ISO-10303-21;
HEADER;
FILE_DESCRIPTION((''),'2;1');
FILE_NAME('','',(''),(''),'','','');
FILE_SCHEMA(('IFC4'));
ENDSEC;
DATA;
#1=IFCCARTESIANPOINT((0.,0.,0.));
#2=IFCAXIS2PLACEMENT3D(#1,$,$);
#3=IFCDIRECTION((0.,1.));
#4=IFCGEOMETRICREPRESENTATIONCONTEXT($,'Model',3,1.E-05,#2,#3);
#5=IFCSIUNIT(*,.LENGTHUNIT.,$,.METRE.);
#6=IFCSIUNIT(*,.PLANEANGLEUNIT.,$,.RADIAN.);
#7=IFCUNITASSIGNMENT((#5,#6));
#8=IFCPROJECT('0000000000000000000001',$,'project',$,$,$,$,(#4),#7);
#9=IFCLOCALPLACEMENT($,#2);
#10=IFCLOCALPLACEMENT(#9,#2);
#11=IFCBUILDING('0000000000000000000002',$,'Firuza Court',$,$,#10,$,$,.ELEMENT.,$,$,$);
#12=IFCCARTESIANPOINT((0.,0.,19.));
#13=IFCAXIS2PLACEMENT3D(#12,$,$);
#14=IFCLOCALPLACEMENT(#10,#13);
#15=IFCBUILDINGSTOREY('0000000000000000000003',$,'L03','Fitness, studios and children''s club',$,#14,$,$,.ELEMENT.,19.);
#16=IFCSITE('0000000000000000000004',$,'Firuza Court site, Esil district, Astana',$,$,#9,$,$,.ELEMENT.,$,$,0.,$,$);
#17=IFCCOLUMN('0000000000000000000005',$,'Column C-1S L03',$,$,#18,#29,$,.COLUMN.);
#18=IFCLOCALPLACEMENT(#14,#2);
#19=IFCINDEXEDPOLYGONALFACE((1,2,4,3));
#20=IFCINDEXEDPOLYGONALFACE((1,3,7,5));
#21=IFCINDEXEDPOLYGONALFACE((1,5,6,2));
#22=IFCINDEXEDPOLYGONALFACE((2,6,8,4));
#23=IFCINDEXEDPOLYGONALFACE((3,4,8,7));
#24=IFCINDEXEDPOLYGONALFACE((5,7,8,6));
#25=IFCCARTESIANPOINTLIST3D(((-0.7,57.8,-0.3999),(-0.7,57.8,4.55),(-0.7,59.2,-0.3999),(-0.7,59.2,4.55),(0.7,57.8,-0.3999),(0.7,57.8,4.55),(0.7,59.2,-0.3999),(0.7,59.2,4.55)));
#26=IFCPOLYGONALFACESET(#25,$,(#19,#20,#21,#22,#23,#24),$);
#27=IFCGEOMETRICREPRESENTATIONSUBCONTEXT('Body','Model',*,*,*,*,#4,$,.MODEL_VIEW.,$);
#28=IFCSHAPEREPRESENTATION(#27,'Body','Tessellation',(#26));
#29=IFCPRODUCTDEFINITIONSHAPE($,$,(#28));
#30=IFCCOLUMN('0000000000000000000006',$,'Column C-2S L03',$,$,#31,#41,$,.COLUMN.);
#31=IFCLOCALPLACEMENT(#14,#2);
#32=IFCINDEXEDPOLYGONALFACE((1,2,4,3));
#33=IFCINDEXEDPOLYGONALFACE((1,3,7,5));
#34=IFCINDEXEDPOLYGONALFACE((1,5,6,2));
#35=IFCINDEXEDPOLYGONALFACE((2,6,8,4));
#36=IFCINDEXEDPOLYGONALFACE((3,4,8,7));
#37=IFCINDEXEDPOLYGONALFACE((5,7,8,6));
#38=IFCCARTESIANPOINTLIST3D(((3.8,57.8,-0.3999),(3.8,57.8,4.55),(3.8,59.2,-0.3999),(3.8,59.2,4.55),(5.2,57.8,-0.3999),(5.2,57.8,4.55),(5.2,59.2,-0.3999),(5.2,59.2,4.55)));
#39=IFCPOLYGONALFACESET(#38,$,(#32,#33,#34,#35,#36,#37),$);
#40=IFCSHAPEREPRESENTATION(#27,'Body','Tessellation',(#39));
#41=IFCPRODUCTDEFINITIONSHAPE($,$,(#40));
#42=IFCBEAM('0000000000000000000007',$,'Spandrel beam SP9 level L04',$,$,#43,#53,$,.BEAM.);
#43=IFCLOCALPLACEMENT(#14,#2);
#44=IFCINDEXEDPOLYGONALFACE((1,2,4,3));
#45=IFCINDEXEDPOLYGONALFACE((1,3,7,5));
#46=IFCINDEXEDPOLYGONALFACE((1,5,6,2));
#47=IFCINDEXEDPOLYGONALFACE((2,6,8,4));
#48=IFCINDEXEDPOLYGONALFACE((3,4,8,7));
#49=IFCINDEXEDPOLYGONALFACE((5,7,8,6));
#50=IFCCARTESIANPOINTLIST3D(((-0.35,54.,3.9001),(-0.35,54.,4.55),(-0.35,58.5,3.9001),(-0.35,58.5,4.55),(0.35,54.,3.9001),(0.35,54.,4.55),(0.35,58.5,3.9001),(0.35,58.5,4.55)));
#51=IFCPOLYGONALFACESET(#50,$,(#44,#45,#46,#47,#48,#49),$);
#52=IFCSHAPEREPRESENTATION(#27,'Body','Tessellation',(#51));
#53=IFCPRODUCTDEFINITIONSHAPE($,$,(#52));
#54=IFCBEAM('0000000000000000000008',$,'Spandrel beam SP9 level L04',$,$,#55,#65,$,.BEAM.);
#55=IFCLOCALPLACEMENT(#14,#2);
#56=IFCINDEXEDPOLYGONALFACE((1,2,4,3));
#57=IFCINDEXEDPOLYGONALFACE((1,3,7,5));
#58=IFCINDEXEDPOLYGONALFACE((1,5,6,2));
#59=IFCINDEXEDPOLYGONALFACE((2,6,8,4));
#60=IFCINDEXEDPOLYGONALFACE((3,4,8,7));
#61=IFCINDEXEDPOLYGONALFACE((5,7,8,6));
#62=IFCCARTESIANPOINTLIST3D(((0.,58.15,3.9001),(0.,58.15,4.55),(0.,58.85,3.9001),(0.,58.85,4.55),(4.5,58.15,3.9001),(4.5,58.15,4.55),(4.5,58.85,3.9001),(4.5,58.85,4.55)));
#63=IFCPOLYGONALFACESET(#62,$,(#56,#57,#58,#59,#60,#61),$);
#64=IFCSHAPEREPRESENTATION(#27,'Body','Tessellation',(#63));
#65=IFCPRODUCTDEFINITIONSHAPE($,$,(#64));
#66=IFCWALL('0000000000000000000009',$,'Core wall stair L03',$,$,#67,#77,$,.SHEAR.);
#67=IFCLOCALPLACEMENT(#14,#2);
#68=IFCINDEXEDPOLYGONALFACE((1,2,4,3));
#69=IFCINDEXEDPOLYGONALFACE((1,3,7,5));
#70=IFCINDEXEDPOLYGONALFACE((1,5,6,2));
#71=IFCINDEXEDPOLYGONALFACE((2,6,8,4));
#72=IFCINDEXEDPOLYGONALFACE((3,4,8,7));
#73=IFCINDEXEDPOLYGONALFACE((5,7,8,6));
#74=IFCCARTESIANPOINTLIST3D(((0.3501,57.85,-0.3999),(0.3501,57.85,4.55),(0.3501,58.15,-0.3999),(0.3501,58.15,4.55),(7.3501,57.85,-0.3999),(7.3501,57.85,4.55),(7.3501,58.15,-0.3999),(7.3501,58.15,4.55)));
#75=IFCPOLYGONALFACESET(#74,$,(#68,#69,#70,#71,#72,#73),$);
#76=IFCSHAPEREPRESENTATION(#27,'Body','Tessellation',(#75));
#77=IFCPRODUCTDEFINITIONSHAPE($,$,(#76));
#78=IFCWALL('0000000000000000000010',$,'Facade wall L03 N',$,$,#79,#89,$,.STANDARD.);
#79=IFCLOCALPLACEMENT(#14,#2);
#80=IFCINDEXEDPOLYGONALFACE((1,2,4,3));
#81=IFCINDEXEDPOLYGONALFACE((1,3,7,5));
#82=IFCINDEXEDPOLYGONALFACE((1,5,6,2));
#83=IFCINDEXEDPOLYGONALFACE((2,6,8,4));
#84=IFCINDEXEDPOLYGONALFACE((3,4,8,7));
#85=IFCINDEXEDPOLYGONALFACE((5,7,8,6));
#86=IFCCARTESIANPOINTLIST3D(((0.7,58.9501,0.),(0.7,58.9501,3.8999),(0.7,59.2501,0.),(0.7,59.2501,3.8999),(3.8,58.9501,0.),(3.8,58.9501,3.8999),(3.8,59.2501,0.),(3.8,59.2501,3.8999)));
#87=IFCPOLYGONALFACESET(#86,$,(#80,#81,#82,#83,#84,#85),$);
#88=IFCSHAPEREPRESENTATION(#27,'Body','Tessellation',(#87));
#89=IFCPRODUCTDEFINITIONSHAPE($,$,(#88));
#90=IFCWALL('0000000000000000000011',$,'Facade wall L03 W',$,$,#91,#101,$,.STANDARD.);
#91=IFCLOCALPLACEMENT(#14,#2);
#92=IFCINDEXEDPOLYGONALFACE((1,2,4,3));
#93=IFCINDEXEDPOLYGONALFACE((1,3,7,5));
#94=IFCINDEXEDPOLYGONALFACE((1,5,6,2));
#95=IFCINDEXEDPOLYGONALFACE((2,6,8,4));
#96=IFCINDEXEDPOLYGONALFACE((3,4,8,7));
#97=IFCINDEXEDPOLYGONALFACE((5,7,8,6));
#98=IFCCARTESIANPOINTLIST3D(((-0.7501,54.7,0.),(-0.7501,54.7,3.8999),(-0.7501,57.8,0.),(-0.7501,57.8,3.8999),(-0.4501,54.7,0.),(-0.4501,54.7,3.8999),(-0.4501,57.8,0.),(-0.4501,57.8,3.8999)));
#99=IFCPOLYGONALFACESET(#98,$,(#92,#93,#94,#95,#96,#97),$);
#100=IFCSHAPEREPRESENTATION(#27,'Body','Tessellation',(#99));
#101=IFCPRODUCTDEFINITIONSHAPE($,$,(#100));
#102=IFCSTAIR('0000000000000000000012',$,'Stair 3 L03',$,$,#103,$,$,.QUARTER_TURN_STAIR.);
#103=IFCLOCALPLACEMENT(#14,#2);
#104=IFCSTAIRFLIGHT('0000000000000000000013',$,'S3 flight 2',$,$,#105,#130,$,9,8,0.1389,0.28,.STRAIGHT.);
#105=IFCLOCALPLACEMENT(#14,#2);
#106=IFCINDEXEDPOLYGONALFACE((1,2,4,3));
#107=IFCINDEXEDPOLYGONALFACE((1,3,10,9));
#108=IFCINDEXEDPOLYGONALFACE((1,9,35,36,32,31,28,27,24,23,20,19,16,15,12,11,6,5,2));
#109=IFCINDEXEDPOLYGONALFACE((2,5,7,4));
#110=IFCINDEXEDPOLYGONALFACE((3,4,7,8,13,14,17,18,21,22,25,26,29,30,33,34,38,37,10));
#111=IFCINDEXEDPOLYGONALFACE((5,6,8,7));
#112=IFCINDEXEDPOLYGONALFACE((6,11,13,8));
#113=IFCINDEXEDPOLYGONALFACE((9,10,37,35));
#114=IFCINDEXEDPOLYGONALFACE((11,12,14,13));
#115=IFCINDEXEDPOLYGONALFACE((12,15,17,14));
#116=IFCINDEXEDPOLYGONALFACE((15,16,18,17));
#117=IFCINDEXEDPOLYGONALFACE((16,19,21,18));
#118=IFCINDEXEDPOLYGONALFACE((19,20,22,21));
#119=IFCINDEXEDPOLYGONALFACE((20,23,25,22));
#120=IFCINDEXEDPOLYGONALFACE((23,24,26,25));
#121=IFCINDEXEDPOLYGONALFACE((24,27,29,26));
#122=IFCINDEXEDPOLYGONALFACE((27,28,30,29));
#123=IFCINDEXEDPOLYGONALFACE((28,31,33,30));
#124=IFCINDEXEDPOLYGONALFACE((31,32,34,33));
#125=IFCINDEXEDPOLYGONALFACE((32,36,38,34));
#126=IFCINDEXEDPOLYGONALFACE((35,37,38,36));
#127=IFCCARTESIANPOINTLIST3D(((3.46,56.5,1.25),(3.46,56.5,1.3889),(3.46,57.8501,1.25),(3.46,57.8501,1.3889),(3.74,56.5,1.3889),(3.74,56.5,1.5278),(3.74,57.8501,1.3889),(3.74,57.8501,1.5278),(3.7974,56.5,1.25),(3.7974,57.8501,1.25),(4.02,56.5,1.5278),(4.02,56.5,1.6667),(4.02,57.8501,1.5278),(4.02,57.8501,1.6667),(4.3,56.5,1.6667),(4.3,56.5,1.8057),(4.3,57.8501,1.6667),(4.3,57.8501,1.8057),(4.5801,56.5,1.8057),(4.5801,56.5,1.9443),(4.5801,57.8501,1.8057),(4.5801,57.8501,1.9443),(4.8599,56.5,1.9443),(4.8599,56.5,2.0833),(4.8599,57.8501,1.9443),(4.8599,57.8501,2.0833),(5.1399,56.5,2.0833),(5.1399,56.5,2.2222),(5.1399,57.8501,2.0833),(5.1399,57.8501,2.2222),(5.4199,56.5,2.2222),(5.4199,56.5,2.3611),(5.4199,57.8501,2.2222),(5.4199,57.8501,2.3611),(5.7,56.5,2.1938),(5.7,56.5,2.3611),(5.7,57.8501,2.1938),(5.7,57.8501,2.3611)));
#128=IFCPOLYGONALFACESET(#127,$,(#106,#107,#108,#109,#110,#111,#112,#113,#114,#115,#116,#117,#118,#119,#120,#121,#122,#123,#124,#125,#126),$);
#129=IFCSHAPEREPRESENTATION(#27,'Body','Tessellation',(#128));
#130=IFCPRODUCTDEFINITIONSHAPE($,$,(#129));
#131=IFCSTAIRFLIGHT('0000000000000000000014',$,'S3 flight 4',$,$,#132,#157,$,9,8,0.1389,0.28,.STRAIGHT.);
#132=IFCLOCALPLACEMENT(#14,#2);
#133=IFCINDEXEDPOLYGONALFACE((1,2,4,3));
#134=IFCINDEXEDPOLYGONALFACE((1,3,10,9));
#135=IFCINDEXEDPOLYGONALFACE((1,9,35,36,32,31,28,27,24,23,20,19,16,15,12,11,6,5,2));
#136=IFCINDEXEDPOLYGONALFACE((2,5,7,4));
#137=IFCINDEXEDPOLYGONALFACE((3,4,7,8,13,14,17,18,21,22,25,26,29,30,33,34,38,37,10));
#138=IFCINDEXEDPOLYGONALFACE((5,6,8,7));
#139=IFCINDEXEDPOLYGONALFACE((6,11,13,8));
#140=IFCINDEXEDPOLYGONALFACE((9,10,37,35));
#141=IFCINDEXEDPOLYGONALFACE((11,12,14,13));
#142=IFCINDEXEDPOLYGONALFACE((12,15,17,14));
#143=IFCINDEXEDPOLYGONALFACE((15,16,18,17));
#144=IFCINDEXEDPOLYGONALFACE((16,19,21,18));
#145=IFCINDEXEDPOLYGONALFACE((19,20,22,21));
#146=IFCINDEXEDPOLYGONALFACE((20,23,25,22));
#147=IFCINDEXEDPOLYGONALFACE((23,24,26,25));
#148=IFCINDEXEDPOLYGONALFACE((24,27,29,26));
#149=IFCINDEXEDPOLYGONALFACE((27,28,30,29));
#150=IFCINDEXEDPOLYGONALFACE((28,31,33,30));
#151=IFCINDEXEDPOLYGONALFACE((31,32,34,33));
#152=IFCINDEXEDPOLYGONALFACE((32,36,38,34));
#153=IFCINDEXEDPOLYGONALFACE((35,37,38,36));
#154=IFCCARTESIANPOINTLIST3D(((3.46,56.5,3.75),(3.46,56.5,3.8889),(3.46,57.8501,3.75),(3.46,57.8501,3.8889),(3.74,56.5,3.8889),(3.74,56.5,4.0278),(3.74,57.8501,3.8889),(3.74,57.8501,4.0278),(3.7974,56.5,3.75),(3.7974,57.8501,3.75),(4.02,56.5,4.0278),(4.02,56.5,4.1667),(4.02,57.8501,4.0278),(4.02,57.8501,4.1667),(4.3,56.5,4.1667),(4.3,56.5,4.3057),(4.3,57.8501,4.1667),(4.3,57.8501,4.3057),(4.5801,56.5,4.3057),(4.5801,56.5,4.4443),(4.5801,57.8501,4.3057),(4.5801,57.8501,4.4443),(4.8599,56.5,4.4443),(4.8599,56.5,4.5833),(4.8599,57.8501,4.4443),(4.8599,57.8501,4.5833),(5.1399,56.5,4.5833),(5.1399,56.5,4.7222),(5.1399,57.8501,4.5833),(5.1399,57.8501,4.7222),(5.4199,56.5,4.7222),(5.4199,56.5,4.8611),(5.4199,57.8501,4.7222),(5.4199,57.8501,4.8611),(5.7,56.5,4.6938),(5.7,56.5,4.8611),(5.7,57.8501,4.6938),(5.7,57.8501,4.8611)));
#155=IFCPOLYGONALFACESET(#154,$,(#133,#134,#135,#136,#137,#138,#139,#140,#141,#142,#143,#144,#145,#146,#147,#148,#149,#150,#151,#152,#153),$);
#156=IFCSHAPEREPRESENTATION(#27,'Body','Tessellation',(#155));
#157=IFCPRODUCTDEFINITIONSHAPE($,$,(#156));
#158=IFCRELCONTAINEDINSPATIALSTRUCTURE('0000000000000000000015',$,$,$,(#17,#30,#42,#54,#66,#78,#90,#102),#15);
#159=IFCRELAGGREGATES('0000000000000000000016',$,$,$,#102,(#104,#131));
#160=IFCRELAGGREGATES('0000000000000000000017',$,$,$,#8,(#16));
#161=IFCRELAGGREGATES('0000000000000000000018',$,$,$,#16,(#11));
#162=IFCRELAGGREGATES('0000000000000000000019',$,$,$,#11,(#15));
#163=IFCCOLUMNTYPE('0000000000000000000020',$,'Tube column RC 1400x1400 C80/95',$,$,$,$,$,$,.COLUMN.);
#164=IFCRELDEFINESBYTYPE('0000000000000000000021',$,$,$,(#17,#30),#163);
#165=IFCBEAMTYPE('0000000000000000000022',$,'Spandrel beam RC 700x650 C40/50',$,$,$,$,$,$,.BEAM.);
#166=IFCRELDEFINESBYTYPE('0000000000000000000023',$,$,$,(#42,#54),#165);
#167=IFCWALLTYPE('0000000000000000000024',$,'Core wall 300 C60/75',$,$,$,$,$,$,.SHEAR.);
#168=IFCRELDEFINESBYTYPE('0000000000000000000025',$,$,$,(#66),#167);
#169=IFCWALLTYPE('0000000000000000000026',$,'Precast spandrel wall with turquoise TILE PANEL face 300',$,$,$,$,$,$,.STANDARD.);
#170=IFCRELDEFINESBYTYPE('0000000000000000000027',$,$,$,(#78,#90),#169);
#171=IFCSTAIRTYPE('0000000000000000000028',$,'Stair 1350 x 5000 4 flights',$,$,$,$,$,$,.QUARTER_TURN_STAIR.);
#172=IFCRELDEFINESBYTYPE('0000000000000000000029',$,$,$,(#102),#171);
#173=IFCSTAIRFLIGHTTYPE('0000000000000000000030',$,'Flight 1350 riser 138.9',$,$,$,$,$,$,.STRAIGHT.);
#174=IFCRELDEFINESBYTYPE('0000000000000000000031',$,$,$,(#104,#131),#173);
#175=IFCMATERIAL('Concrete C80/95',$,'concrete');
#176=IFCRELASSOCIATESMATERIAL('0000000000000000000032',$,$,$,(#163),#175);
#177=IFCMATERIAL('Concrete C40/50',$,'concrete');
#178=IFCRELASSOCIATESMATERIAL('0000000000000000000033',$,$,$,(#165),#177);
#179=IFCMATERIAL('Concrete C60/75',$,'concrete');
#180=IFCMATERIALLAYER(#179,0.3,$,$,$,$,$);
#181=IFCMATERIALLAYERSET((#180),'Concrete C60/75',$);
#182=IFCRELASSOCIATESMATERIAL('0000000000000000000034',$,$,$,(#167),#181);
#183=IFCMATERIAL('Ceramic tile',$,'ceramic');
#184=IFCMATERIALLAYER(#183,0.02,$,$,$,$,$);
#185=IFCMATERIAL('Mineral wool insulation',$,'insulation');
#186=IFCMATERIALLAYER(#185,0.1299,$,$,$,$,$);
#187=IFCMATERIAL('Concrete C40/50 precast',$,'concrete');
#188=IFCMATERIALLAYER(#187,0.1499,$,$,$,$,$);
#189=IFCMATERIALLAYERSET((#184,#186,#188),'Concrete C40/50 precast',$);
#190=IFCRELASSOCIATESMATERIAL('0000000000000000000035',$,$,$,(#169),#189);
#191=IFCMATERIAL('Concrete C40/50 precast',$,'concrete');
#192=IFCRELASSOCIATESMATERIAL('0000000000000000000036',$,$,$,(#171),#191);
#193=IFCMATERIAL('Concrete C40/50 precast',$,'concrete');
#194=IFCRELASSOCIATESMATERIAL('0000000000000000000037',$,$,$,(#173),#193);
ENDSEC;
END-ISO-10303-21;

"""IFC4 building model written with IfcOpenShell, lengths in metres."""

from ifc_helpers import new_model, si_unit, direction, frame, frame_2d, origin, origin_2d, place, context, subcontext, project, spatial, polyline, rectangle, outline, extrude, material, layer, layer_set, material_profile, profile_set, type_object, element, aggregate, save


model = new_model("IFC4")

# Units and contexts
model_context = context("Model", 3, precision=1e-05, world=origin(), true_north=direction((0.0, 1.0)))
body_context = subcontext(model_context, "Body", "Model", "MODEL_VIEW")
ifc_project = project(units=[si_unit("LENGTHUNIT", "METRE"), si_unit("PLANEANGLEUNIT", "RADIAN")], contexts=[model_context])

# Site, building, storey
site_placement = place(None, origin())
site = spatial("IfcSite", under=ifc_project, at=site_placement, Name="Firuza Court site, Esil district, Astana", CompositionType="ELEMENT", RefElevation=0.0)
building_placement = place(site_placement, origin())
building = spatial("IfcBuilding", under=site, at=building_placement, Name="Firuza Court", CompositionType="ELEMENT")
storey_placement = place(building_placement, frame((0.0, 0.0, 19.0)))
storey = spatial("IfcBuildingStorey", under=building, at=storey_placement, Name="L03", Description="Fitness, studios and children's club", CompositionType="ELEMENT", Elevation=19.0)

# Columns
ifc_material_1 = material(Name="Concrete C80/95", Category="concrete")
ifc_material_profile_1 = material_profile(ifc_material_1, rectangle(XDim=1.3999, YDim=1.3999, at=origin_2d()), Name="RC 1400x1400")
ifc_profile_set_1 = profile_set([ifc_material_profile_1], Name="Concrete C80/95")
column_type = type_object("IfcColumnType", Name="Tube column RC 1400x1400 C80/95", PredefinedType="COLUMN", material=ifc_profile_set_1)
for number, where, z_axis, x_axis, name in (
    (1, (0.0, 58.5, -0.3999), (0.0, 0.0, 1.0), (1.0, 0.0, 0.0), "Column C-1S L03"),
    (2, (4.5, 58.5, -0.3999), (0.0, 0.0, 1.0), (1.0, 0.0, 0.0), "Column C-2S L03"),
):
    element("IfcColumn", number, at=place(storey_placement, frame(where, z_axis=z_axis, x_axis=x_axis)), inside=storey, type_object=column_type, Name=name, PredefinedType="COLUMN", context=body_context, shape_type="SweptSolid", body=[
        extrude(rectangle(XDim=1.3999, YDim=1.3999, at=origin_2d()), origin(), (0.0, 0.0, 1.0), 4.95),
    ])

# Beams
ifc_material_2 = material(Name="Concrete C40/50", Category="concrete")
ifc_material_profile_2 = material_profile(ifc_material_2, rectangle(XDim=0.7, YDim=0.6499, at=origin_2d()), Name="RC 700x650")
ifc_profile_set_2 = profile_set([ifc_material_profile_2], Name="Concrete C40/50")
beam_type = type_object("IfcBeamType", Name="Spandrel beam RC 700x650 C40/50", PredefinedType="BEAM", material=ifc_profile_set_2)
for number, where, z_axis, x_axis, name in (
    (3, (0.0, 58.5, 4.2251), (0.0, -1.0, 0.0), (1.0, 0.0, 0.0), "Spandrel beam SP9 level L04"),
    (4, (4.5, 58.5, 4.2251), (-1.0, 0.0, 0.0), (0.0, -1.0, 0.0), "Spandrel beam SP9 level L04"),
):
    element("IfcBeam", number, at=place(storey_placement, frame(where, z_axis=z_axis, x_axis=x_axis)), inside=storey, type_object=beam_type, Name=name, PredefinedType="BEAM", context=body_context, shape_type="SweptSolid", body=[
        extrude(rectangle(XDim=0.7, YDim=0.6499, at=origin_2d()), origin(), (0.0, 0.0, 1.0), 4.5),
    ])

# Walls
ifc_material_3 = material(Name="Concrete C60/75", Category="concrete")
ifc_layer_1 = layer(ifc_material_3, 0.3)
ifc_layer_set_1 = layer_set([ifc_layer_1], Name="Concrete C60/75")
wall_type_1 = type_object("IfcWallType", Name="Core wall 300 C60/75", PredefinedType="SHEAR", material=ifc_layer_set_1)
wall_placement = place(storey_placement, frame((0.3501, 58.0, -0.3999), z_axis=(0.0, 0.0, 1.0), x_axis=(1.0, 0.0, 0.0)))
element("IfcWall", 5, at=wall_placement, inside=storey, type_object=wall_type_1, Name="Core wall stair L03", PredefinedType="SHEAR", context=body_context, shape_type="SweptSolid", body=[
    extrude(rectangle(XDim=7.0, YDim=0.3, at=frame_2d((3.5, 0.0))), origin(), (0.0, 0.0, 1.0), 4.95),
])
ifc_material_4 = material(Name="Ceramic tile", Category="ceramic")
ifc_layer_2 = layer(ifc_material_4, 0.02)
ifc_material_5 = material(Name="Mineral wool insulation", Category="insulation")
ifc_layer_3 = layer(ifc_material_5, 0.1299)
ifc_material_6 = material(Name="Concrete C40/50 precast", Category="concrete")
ifc_layer_4 = layer(ifc_material_6, 0.1499)
ifc_layer_set_2 = layer_set([ifc_layer_2, ifc_layer_3, ifc_layer_4], Name="Concrete C40/50 precast")
wall_type_2 = type_object("IfcWallType", Name="Precast spandrel wall with turquoise TILE PANEL face 300", PredefinedType="STANDARD", material=ifc_layer_set_2)
for number, where, z_axis, x_axis, name in (
    (6, (3.8, 59.1001, 0.0), (0.0, 0.0, 1.0), (-1.0, 0.0, 0.0), "Facade wall L03 N"),
    (7, (-0.6001, 57.8, 0.0), (0.0, 0.0, 1.0), (0.0, -1.0, 0.0), "Facade wall L03 W"),
):
    element("IfcWall", number, at=place(storey_placement, frame(where, z_axis=z_axis, x_axis=x_axis)), inside=storey, type_object=wall_type_2, Name=name, PredefinedType="STANDARD", context=body_context, shape_type="SweptSolid", body=[
        extrude(rectangle(XDim=3.1001, YDim=0.3, at=frame_2d((1.55, 0.0))), origin(), (0.0, 0.0, 1.0), 3.8999),
    ])

# Stair, stair flights
ifc_material_7 = material(Name="Concrete C40/50 precast", Category="concrete")
stair_type = type_object("IfcStairType", Name="Stair 1350 x 5000 4 flights", PredefinedType="QUARTER_TURN_STAIR", material=ifc_material_7)
stair_placement = place(storey_placement, origin())
stair = element("IfcStair", 8, at=stair_placement, inside=storey, type_object=stair_type, Name="Stair 3 L03", PredefinedType="QUARTER_TURN_STAIR")
ifc_material_8 = material(Name="Concrete C40/50 precast", Category="concrete")
stair_flight_type = type_object("IfcStairFlightType", Name="Flight 1350 riser 138.9", PredefinedType="STRAIGHT", material=ifc_material_8)
stair_flight_1_placement = place(storey_placement, frame((3.46, 57.175, 1.25), z_axis=(0.0, 0.0, 1.0), x_axis=(1.0, 0.0, 0.0)))
stair_flight_1 = element("IfcStairFlight", 9, at=stair_flight_1_placement, type_object=stair_flight_type, Name="S3 flight 2", NumberOfRisers=9, NumberOfTreads=8, PredefinedType="STRAIGHT", RiserHeight=0.1389, TreadLength=0.28, context=body_context, shape_type="SweptSolid", body=[
    extrude(outline(polyline([(0.0, 0.0), (0.0, 0.1389), (0.28, 0.1389), (0.28, 0.2778), (0.5601, 0.2778), (0.5601, 0.4167), (0.8401, 0.4167), (0.8401, 0.5557), (1.1201, 0.5557), (1.1201, 0.6943), (1.3999, 0.6943), (1.3999, 0.8333), (1.6799, 0.8333), (1.6799, 0.9722), (1.96, 0.9722), (1.96, 1.1111), (2.24, 1.1111), (2.24, 1.25), (2.24, 0.9438), (0.3374, 0.0), (0.0, 0.0)])), frame((0.0, 0.675, 0.0), z_axis=(0.0, -1.0, 0.0), x_axis=(1.0, 0.0, 0.0)), (0.0, 0.0, 1.0), 1.3501),
])
stair_flight_2_placement = place(storey_placement, frame((3.46, 57.175, 3.75), z_axis=(0.0, 0.0, 1.0), x_axis=(1.0, 0.0, 0.0)))
stair_flight_2 = element("IfcStairFlight", 10, at=stair_flight_2_placement, type_object=stair_flight_type, Name="S3 flight 4", NumberOfRisers=9, NumberOfTreads=8, PredefinedType="STRAIGHT", RiserHeight=0.1389, TreadLength=0.28, context=body_context, shape_type="SweptSolid", body=[
    extrude(outline(polyline([(0.0, 0.0), (0.0, 0.1389), (0.28, 0.1389), (0.28, 0.2778), (0.5601, 0.2778), (0.5601, 0.4167), (0.8401, 0.4167), (0.8401, 0.5557), (1.1201, 0.5557), (1.1201, 0.6943), (1.3999, 0.6943), (1.3999, 0.8333), (1.6799, 0.8333), (1.6799, 0.9722), (1.96, 0.9722), (1.96, 1.1111), (2.24, 1.1111), (2.24, 1.25), (2.24, 0.9438), (0.3374, 0.0), (0.0, 0.0)])), frame((0.0, 0.675, 0.0), z_axis=(0.0, -1.0, 0.0), x_axis=(1.0, 0.0, 0.0)), (0.0, 0.0, 1.0), 1.3501),
])
aggregate(stair, [stair_flight_1, stair_flight_2])

save(model, "model.ifc")
